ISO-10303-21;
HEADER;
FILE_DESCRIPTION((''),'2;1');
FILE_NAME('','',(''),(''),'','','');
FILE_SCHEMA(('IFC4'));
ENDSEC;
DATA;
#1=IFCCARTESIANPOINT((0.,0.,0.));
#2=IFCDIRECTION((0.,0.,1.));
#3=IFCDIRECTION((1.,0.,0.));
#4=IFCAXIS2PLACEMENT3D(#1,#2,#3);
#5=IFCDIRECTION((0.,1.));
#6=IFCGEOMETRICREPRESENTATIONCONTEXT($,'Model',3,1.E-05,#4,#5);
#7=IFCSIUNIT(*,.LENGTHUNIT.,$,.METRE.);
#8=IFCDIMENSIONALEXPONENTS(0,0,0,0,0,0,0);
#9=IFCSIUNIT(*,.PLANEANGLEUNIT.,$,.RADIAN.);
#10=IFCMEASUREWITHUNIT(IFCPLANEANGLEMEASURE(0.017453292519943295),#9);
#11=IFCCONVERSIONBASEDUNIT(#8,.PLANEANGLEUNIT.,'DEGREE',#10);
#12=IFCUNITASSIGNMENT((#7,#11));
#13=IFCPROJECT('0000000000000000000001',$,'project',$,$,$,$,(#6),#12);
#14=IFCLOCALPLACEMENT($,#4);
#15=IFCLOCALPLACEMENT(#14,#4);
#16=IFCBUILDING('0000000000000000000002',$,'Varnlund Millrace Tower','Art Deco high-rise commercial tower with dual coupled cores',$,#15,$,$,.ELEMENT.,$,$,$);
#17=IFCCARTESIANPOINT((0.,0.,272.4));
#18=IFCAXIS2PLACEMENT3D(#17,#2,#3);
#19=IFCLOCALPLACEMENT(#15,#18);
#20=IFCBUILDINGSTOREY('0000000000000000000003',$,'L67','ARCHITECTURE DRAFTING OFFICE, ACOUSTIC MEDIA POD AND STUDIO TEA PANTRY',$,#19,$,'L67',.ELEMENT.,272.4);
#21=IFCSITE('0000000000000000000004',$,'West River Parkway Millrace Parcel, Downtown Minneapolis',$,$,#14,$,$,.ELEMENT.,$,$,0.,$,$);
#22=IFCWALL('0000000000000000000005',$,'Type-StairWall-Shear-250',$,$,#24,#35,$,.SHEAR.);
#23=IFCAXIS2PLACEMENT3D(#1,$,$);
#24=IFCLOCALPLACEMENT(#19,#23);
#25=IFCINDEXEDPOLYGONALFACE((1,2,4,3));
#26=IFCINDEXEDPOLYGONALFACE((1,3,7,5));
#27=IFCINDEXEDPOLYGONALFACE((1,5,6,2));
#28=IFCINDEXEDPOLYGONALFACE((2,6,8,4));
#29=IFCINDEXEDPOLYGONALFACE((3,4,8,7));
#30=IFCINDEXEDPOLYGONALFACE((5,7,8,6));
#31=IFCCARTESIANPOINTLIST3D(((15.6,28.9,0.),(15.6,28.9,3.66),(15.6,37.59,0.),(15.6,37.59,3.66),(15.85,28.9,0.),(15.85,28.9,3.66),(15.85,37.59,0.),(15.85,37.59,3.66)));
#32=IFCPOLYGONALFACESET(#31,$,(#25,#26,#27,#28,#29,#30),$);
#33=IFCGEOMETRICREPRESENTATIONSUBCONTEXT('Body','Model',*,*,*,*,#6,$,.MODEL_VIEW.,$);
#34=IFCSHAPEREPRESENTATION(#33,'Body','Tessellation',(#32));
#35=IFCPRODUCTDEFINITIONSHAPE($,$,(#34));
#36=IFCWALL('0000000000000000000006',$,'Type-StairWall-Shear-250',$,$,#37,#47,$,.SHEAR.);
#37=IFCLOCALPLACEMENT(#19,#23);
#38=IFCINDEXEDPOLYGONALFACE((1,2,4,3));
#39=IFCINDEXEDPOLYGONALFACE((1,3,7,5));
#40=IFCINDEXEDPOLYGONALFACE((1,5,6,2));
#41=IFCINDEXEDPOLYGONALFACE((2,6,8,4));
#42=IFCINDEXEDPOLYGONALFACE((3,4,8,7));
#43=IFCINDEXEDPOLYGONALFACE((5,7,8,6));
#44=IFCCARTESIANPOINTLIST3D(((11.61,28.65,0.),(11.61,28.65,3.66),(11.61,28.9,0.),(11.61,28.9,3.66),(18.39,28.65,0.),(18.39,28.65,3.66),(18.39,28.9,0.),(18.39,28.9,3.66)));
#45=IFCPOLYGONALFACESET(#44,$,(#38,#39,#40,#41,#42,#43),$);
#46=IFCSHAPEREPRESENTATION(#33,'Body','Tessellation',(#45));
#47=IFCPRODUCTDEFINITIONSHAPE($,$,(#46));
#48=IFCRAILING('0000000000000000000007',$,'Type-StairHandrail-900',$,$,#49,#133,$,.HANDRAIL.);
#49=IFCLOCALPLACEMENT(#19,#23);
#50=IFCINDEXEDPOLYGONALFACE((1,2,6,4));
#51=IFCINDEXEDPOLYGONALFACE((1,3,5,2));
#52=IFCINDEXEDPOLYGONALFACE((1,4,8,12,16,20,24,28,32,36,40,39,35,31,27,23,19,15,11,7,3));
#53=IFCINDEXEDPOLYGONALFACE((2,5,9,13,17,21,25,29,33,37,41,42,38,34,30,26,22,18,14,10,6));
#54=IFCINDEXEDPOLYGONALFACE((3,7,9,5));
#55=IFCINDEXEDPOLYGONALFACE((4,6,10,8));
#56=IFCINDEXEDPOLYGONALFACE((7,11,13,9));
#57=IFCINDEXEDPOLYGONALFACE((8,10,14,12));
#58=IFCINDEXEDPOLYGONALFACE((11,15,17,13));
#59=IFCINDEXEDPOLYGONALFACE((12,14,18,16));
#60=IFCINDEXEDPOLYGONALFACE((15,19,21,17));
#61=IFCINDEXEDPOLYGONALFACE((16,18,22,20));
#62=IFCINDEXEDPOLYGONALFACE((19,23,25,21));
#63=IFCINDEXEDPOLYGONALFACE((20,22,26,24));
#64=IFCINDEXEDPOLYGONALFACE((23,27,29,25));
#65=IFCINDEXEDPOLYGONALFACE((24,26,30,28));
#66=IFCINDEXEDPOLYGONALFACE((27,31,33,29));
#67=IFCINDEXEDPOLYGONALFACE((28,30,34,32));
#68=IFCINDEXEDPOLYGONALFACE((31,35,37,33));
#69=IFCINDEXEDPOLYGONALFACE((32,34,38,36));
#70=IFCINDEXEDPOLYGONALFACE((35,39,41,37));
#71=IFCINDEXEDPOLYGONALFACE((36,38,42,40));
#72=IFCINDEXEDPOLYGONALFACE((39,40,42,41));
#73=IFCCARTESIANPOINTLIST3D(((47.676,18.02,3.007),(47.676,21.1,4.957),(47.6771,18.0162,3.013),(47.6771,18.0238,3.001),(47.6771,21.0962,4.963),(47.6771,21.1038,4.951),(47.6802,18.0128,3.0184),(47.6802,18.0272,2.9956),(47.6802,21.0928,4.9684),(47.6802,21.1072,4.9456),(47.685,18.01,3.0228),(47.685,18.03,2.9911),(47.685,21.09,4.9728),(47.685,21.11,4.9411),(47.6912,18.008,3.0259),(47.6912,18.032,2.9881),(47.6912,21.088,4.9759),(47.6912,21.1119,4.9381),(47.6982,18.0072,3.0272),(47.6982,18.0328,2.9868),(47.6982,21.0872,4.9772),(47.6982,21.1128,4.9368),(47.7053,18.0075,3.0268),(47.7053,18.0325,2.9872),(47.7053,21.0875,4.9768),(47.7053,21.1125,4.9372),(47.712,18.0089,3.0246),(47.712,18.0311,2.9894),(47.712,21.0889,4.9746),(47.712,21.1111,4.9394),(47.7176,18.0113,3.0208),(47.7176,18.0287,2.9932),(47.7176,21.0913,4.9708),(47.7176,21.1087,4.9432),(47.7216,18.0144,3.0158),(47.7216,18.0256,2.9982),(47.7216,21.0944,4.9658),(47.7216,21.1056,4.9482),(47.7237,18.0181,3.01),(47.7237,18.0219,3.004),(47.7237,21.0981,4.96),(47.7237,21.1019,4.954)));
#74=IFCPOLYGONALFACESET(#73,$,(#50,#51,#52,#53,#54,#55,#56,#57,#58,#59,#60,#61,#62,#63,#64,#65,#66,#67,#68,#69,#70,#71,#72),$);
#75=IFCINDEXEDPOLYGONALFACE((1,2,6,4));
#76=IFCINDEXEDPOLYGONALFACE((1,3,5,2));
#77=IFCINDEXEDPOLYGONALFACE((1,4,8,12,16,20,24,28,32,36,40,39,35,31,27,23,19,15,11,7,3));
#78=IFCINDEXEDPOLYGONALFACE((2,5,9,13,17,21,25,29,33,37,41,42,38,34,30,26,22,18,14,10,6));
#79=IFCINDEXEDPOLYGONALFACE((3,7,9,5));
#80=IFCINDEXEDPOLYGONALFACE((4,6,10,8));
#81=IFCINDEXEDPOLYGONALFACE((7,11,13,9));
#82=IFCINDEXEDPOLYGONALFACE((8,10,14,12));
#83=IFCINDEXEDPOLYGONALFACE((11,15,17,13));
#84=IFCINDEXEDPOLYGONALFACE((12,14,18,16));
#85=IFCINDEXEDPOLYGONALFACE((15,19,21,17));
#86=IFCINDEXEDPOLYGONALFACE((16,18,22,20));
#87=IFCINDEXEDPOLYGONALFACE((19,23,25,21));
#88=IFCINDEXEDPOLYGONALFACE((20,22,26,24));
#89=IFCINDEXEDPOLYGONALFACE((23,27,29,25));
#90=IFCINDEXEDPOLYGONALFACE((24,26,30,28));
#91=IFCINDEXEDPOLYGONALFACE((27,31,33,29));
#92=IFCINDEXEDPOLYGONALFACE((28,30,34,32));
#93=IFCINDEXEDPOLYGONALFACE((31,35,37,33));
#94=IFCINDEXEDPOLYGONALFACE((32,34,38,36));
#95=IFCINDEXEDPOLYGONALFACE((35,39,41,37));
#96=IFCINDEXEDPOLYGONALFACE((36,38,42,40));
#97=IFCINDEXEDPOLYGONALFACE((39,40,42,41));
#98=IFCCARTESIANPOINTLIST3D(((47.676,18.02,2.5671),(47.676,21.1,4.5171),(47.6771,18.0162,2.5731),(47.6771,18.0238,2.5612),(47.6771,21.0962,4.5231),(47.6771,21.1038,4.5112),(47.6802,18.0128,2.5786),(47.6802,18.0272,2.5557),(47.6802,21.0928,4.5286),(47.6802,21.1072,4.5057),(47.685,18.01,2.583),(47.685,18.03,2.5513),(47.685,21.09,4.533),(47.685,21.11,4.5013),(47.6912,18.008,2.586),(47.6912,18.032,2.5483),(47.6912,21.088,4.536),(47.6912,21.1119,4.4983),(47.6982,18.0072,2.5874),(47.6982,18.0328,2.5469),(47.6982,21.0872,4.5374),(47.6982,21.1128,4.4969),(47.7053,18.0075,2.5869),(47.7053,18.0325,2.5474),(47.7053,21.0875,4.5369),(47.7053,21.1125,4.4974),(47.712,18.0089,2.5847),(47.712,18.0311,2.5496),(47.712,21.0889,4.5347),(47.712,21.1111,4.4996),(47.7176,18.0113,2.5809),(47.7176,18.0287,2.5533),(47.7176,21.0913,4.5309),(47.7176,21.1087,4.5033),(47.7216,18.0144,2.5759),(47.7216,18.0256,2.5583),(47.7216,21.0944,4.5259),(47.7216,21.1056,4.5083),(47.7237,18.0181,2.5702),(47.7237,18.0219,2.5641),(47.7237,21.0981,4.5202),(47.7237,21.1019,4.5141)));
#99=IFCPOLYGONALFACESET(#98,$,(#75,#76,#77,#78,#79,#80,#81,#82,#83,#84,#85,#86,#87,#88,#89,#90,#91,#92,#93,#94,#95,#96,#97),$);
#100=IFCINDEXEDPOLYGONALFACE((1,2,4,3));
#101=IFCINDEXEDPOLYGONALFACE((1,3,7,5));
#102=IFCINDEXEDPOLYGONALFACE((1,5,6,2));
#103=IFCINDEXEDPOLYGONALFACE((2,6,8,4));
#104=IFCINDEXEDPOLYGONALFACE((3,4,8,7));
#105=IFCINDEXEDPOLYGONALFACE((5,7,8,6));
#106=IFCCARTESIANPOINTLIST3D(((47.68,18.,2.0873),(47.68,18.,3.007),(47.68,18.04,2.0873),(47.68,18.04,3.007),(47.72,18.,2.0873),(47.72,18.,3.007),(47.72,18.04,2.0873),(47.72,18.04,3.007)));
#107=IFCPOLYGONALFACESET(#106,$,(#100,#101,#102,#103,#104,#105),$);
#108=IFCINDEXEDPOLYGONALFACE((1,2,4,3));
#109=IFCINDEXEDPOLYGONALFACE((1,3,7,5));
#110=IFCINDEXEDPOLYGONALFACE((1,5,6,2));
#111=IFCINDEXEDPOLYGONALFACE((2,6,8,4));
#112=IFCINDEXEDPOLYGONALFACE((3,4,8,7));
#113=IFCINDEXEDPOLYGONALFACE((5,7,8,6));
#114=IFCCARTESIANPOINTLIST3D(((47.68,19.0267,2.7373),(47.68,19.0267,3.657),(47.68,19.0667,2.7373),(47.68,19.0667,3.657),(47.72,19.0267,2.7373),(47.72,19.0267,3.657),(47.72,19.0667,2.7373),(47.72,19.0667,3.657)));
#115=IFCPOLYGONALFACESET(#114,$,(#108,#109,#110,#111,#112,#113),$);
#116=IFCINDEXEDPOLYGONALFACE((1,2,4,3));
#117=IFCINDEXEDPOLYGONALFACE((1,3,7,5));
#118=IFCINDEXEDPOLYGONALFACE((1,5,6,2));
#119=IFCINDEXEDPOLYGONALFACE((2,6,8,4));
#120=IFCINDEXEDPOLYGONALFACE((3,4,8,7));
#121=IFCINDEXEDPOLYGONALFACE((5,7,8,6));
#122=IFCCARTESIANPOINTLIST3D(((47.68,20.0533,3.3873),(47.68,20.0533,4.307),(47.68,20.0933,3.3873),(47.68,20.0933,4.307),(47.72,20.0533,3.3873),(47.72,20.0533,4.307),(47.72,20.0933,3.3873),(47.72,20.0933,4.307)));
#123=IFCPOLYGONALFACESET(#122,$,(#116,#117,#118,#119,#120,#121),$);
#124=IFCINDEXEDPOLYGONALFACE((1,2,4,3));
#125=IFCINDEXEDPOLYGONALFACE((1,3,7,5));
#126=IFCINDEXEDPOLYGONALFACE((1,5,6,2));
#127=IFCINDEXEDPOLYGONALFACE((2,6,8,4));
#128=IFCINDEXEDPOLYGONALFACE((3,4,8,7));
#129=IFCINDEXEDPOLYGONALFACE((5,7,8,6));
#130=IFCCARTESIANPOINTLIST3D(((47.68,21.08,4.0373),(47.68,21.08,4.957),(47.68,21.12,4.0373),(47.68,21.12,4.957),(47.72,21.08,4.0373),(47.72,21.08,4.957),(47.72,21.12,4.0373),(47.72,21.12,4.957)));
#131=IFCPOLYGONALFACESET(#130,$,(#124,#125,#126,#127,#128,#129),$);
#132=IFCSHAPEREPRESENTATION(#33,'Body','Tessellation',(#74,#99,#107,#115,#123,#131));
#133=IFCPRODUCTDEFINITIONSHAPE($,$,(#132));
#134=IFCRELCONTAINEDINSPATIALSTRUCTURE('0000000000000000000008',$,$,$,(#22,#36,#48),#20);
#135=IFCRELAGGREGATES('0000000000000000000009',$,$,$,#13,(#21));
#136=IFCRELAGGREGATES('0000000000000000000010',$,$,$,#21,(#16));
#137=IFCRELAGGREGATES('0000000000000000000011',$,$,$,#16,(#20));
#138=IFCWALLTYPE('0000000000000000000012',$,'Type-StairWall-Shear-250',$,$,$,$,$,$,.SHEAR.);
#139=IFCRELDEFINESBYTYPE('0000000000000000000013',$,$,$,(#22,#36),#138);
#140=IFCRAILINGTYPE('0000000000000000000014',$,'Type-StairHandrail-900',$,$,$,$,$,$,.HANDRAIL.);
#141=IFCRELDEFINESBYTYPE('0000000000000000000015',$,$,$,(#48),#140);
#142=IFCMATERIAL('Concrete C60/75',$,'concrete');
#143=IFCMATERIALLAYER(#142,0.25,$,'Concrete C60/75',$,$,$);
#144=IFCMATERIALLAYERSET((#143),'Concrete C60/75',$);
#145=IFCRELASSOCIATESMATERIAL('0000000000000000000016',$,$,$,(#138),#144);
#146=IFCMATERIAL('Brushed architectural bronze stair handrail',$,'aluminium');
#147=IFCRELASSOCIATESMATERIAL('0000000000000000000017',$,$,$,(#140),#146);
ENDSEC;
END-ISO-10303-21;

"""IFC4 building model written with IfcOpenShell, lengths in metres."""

from ifc_helpers import new_model, entity, si_unit, converted_unit, direction, frame, origin_with_axes, origin_2d_with_axis, place, context, subcontext, project, spatial, polyline, rectangle, circle, outline, extrude, material, layer, layer_set, type_object, element, save


model = new_model("IFC4")

# Units and contexts
model_context = context("Model", 3, precision=1e-05, world=origin_with_axes(), true_north=direction((0.0, 1.0)))
body_context = subcontext(model_context, "Body", "Model", "MODEL_VIEW")
ifc_project = project(units=[si_unit("LENGTHUNIT", "METRE"), converted_unit("PLANEANGLEUNIT", "DEGREE", entity("IfcPlaneAngleMeasure", 0.017453292519943295), si_unit("PLANEANGLEUNIT", "RADIAN"), dimensions=[0, 0, 0, 0, 0, 0, 0])], contexts=[model_context])

# Site, building, storey
site_placement = place(None, origin_with_axes())
site = spatial("IfcSite", under=ifc_project, at=site_placement, Name="West River Parkway Millrace Parcel, Downtown Minneapolis", CompositionType="ELEMENT", RefElevation=0.0)
building_placement = place(site_placement, origin_with_axes())
building = spatial("IfcBuilding", under=site, at=building_placement, Name="Varnlund Millrace Tower", Description="Art Deco high-rise commercial tower with dual coupled cores", CompositionType="ELEMENT")
storey_placement = place(building_placement, frame((0.0, 0.0, 272.4), z_axis=(0.0, 0.0, 1.0), x_axis=(1.0, 0.0, 0.0)))
storey = spatial("IfcBuildingStorey", under=building, at=storey_placement, Name="L67", Description="ARCHITECTURE DRAFTING OFFICE, ACOUSTIC MEDIA POD AND STUDIO TEA PANTRY", LongName="L67", CompositionType="ELEMENT", Elevation=272.4)

# Shared definitions
ifc_material_1 = material(Name="Concrete C60/75", Category="concrete")

# Walls
ifc_layer_1 = layer(ifc_material_1, 0.25, Name="Concrete C60/75")
ifc_layer_set_1 = layer_set([ifc_layer_1], Name="Concrete C60/75")
wall_type_1 = type_object("IfcWallType", Name="Type-StairWall-Shear-250", PredefinedType="SHEAR", material=ifc_layer_set_1)
wall_1_placement = place(storey_placement, frame((15.725, 28.9, 0.0), z_axis=(0.0, 0.0, 1.0), x_axis=(0.0, 1.0, 0.0)))
element("IfcWall", 1, at=wall_1_placement, inside=storey, type_object=wall_type_1, Name="Type-StairWall-Shear-250", PredefinedType="SHEAR", context=body_context, shape_type="SweptSolid", body=[
    extrude(outline(polyline([(0.0, -0.125), (8.69, -0.125), (8.69, 0.125), (0.0, 0.125), (0.0, -0.125)])), origin_with_axes(), (0.0, 0.0, 1.0), 3.66),
])
wall_2_placement = place(storey_placement, frame((11.61, 28.775, 0.0), z_axis=(0.0, 0.0, 1.0), x_axis=(1.0, 0.0, 0.0)))
element("IfcWall", 2, at=wall_2_placement, inside=storey, type_object=wall_type_1, Name="Type-StairWall-Shear-250", PredefinedType="SHEAR", context=body_context, shape_type="SweptSolid", body=[
    extrude(outline(polyline([(0.0, -0.125), (6.78, -0.125), (6.78, 0.125), (0.0, 0.125), (0.0, -0.125)])), origin_with_axes(), (0.0, 0.0, 1.0), 3.66),
])

# Railing
ifc_material_2 = material(Name="Brushed architectural bronze stair handrail", Category="aluminium")
railing_type = type_object("IfcRailingType", Name="Type-StairHandrail-900", PredefinedType="HANDRAIL", material=ifc_material_2)
railing_placement = place(storey_placement, frame((0.0, 0.0, -272.4), z_axis=(0.0, 0.0, 1.0), x_axis=(1.0, 0.0, 0.0)))
element("IfcRailing", 3, at=railing_placement, inside=storey, type_object=railing_type, Name="Type-StairHandrail-900", PredefinedType="HANDRAIL", context=body_context, shape_type="SweptSolid", body=[
    extrude(circle(Radius=0.024, at=origin_2d_with_axis()), frame((47.7, 18.02, 275.407), z_axis=(0.0, 0.844902, 0.534922), x_axis=(-1.0, 0.0, 0.0)), (0.0, 0.0, 1.0), 3.6454),
    extrude(circle(Radius=0.024, at=origin_2d_with_axis()), frame((47.7, 18.02, 274.9671), z_axis=(0.0, 0.844902, 0.534922), x_axis=(-1.0, 0.0, 0.0)), (0.0, 0.0, 1.0), 3.6454),
    extrude(rectangle(XDim=0.04, YDim=0.04, at=origin_2d_with_axis()), frame((47.7, 18.02, 274.4873), z_axis=(0.0, 0.0, 1.0), x_axis=(1.0, 0.0, 0.0)), (0.0, 0.0, 1.0), 0.9197),
    extrude(rectangle(XDim=0.04, YDim=0.04, at=origin_2d_with_axis()), frame((47.7, 19.0467, 275.1373), z_axis=(0.0, 0.0, 1.0), x_axis=(1.0, 0.0, 0.0)), (0.0, 0.0, 1.0), 0.9197),
    extrude(rectangle(XDim=0.04, YDim=0.04, at=origin_2d_with_axis()), frame((47.7, 20.0733, 275.7873), z_axis=(0.0, 0.0, 1.0), x_axis=(1.0, 0.0, 0.0)), (0.0, 0.0, 1.0), 0.9197),
    extrude(rectangle(XDim=0.04, YDim=0.04, at=origin_2d_with_axis()), frame((47.7, 21.1, 276.4373), z_axis=(0.0, 0.0, 1.0), x_axis=(1.0, 0.0, 0.0)), (0.0, 0.0, 1.0), 0.9197),
])

save(model, "model.ifc")
